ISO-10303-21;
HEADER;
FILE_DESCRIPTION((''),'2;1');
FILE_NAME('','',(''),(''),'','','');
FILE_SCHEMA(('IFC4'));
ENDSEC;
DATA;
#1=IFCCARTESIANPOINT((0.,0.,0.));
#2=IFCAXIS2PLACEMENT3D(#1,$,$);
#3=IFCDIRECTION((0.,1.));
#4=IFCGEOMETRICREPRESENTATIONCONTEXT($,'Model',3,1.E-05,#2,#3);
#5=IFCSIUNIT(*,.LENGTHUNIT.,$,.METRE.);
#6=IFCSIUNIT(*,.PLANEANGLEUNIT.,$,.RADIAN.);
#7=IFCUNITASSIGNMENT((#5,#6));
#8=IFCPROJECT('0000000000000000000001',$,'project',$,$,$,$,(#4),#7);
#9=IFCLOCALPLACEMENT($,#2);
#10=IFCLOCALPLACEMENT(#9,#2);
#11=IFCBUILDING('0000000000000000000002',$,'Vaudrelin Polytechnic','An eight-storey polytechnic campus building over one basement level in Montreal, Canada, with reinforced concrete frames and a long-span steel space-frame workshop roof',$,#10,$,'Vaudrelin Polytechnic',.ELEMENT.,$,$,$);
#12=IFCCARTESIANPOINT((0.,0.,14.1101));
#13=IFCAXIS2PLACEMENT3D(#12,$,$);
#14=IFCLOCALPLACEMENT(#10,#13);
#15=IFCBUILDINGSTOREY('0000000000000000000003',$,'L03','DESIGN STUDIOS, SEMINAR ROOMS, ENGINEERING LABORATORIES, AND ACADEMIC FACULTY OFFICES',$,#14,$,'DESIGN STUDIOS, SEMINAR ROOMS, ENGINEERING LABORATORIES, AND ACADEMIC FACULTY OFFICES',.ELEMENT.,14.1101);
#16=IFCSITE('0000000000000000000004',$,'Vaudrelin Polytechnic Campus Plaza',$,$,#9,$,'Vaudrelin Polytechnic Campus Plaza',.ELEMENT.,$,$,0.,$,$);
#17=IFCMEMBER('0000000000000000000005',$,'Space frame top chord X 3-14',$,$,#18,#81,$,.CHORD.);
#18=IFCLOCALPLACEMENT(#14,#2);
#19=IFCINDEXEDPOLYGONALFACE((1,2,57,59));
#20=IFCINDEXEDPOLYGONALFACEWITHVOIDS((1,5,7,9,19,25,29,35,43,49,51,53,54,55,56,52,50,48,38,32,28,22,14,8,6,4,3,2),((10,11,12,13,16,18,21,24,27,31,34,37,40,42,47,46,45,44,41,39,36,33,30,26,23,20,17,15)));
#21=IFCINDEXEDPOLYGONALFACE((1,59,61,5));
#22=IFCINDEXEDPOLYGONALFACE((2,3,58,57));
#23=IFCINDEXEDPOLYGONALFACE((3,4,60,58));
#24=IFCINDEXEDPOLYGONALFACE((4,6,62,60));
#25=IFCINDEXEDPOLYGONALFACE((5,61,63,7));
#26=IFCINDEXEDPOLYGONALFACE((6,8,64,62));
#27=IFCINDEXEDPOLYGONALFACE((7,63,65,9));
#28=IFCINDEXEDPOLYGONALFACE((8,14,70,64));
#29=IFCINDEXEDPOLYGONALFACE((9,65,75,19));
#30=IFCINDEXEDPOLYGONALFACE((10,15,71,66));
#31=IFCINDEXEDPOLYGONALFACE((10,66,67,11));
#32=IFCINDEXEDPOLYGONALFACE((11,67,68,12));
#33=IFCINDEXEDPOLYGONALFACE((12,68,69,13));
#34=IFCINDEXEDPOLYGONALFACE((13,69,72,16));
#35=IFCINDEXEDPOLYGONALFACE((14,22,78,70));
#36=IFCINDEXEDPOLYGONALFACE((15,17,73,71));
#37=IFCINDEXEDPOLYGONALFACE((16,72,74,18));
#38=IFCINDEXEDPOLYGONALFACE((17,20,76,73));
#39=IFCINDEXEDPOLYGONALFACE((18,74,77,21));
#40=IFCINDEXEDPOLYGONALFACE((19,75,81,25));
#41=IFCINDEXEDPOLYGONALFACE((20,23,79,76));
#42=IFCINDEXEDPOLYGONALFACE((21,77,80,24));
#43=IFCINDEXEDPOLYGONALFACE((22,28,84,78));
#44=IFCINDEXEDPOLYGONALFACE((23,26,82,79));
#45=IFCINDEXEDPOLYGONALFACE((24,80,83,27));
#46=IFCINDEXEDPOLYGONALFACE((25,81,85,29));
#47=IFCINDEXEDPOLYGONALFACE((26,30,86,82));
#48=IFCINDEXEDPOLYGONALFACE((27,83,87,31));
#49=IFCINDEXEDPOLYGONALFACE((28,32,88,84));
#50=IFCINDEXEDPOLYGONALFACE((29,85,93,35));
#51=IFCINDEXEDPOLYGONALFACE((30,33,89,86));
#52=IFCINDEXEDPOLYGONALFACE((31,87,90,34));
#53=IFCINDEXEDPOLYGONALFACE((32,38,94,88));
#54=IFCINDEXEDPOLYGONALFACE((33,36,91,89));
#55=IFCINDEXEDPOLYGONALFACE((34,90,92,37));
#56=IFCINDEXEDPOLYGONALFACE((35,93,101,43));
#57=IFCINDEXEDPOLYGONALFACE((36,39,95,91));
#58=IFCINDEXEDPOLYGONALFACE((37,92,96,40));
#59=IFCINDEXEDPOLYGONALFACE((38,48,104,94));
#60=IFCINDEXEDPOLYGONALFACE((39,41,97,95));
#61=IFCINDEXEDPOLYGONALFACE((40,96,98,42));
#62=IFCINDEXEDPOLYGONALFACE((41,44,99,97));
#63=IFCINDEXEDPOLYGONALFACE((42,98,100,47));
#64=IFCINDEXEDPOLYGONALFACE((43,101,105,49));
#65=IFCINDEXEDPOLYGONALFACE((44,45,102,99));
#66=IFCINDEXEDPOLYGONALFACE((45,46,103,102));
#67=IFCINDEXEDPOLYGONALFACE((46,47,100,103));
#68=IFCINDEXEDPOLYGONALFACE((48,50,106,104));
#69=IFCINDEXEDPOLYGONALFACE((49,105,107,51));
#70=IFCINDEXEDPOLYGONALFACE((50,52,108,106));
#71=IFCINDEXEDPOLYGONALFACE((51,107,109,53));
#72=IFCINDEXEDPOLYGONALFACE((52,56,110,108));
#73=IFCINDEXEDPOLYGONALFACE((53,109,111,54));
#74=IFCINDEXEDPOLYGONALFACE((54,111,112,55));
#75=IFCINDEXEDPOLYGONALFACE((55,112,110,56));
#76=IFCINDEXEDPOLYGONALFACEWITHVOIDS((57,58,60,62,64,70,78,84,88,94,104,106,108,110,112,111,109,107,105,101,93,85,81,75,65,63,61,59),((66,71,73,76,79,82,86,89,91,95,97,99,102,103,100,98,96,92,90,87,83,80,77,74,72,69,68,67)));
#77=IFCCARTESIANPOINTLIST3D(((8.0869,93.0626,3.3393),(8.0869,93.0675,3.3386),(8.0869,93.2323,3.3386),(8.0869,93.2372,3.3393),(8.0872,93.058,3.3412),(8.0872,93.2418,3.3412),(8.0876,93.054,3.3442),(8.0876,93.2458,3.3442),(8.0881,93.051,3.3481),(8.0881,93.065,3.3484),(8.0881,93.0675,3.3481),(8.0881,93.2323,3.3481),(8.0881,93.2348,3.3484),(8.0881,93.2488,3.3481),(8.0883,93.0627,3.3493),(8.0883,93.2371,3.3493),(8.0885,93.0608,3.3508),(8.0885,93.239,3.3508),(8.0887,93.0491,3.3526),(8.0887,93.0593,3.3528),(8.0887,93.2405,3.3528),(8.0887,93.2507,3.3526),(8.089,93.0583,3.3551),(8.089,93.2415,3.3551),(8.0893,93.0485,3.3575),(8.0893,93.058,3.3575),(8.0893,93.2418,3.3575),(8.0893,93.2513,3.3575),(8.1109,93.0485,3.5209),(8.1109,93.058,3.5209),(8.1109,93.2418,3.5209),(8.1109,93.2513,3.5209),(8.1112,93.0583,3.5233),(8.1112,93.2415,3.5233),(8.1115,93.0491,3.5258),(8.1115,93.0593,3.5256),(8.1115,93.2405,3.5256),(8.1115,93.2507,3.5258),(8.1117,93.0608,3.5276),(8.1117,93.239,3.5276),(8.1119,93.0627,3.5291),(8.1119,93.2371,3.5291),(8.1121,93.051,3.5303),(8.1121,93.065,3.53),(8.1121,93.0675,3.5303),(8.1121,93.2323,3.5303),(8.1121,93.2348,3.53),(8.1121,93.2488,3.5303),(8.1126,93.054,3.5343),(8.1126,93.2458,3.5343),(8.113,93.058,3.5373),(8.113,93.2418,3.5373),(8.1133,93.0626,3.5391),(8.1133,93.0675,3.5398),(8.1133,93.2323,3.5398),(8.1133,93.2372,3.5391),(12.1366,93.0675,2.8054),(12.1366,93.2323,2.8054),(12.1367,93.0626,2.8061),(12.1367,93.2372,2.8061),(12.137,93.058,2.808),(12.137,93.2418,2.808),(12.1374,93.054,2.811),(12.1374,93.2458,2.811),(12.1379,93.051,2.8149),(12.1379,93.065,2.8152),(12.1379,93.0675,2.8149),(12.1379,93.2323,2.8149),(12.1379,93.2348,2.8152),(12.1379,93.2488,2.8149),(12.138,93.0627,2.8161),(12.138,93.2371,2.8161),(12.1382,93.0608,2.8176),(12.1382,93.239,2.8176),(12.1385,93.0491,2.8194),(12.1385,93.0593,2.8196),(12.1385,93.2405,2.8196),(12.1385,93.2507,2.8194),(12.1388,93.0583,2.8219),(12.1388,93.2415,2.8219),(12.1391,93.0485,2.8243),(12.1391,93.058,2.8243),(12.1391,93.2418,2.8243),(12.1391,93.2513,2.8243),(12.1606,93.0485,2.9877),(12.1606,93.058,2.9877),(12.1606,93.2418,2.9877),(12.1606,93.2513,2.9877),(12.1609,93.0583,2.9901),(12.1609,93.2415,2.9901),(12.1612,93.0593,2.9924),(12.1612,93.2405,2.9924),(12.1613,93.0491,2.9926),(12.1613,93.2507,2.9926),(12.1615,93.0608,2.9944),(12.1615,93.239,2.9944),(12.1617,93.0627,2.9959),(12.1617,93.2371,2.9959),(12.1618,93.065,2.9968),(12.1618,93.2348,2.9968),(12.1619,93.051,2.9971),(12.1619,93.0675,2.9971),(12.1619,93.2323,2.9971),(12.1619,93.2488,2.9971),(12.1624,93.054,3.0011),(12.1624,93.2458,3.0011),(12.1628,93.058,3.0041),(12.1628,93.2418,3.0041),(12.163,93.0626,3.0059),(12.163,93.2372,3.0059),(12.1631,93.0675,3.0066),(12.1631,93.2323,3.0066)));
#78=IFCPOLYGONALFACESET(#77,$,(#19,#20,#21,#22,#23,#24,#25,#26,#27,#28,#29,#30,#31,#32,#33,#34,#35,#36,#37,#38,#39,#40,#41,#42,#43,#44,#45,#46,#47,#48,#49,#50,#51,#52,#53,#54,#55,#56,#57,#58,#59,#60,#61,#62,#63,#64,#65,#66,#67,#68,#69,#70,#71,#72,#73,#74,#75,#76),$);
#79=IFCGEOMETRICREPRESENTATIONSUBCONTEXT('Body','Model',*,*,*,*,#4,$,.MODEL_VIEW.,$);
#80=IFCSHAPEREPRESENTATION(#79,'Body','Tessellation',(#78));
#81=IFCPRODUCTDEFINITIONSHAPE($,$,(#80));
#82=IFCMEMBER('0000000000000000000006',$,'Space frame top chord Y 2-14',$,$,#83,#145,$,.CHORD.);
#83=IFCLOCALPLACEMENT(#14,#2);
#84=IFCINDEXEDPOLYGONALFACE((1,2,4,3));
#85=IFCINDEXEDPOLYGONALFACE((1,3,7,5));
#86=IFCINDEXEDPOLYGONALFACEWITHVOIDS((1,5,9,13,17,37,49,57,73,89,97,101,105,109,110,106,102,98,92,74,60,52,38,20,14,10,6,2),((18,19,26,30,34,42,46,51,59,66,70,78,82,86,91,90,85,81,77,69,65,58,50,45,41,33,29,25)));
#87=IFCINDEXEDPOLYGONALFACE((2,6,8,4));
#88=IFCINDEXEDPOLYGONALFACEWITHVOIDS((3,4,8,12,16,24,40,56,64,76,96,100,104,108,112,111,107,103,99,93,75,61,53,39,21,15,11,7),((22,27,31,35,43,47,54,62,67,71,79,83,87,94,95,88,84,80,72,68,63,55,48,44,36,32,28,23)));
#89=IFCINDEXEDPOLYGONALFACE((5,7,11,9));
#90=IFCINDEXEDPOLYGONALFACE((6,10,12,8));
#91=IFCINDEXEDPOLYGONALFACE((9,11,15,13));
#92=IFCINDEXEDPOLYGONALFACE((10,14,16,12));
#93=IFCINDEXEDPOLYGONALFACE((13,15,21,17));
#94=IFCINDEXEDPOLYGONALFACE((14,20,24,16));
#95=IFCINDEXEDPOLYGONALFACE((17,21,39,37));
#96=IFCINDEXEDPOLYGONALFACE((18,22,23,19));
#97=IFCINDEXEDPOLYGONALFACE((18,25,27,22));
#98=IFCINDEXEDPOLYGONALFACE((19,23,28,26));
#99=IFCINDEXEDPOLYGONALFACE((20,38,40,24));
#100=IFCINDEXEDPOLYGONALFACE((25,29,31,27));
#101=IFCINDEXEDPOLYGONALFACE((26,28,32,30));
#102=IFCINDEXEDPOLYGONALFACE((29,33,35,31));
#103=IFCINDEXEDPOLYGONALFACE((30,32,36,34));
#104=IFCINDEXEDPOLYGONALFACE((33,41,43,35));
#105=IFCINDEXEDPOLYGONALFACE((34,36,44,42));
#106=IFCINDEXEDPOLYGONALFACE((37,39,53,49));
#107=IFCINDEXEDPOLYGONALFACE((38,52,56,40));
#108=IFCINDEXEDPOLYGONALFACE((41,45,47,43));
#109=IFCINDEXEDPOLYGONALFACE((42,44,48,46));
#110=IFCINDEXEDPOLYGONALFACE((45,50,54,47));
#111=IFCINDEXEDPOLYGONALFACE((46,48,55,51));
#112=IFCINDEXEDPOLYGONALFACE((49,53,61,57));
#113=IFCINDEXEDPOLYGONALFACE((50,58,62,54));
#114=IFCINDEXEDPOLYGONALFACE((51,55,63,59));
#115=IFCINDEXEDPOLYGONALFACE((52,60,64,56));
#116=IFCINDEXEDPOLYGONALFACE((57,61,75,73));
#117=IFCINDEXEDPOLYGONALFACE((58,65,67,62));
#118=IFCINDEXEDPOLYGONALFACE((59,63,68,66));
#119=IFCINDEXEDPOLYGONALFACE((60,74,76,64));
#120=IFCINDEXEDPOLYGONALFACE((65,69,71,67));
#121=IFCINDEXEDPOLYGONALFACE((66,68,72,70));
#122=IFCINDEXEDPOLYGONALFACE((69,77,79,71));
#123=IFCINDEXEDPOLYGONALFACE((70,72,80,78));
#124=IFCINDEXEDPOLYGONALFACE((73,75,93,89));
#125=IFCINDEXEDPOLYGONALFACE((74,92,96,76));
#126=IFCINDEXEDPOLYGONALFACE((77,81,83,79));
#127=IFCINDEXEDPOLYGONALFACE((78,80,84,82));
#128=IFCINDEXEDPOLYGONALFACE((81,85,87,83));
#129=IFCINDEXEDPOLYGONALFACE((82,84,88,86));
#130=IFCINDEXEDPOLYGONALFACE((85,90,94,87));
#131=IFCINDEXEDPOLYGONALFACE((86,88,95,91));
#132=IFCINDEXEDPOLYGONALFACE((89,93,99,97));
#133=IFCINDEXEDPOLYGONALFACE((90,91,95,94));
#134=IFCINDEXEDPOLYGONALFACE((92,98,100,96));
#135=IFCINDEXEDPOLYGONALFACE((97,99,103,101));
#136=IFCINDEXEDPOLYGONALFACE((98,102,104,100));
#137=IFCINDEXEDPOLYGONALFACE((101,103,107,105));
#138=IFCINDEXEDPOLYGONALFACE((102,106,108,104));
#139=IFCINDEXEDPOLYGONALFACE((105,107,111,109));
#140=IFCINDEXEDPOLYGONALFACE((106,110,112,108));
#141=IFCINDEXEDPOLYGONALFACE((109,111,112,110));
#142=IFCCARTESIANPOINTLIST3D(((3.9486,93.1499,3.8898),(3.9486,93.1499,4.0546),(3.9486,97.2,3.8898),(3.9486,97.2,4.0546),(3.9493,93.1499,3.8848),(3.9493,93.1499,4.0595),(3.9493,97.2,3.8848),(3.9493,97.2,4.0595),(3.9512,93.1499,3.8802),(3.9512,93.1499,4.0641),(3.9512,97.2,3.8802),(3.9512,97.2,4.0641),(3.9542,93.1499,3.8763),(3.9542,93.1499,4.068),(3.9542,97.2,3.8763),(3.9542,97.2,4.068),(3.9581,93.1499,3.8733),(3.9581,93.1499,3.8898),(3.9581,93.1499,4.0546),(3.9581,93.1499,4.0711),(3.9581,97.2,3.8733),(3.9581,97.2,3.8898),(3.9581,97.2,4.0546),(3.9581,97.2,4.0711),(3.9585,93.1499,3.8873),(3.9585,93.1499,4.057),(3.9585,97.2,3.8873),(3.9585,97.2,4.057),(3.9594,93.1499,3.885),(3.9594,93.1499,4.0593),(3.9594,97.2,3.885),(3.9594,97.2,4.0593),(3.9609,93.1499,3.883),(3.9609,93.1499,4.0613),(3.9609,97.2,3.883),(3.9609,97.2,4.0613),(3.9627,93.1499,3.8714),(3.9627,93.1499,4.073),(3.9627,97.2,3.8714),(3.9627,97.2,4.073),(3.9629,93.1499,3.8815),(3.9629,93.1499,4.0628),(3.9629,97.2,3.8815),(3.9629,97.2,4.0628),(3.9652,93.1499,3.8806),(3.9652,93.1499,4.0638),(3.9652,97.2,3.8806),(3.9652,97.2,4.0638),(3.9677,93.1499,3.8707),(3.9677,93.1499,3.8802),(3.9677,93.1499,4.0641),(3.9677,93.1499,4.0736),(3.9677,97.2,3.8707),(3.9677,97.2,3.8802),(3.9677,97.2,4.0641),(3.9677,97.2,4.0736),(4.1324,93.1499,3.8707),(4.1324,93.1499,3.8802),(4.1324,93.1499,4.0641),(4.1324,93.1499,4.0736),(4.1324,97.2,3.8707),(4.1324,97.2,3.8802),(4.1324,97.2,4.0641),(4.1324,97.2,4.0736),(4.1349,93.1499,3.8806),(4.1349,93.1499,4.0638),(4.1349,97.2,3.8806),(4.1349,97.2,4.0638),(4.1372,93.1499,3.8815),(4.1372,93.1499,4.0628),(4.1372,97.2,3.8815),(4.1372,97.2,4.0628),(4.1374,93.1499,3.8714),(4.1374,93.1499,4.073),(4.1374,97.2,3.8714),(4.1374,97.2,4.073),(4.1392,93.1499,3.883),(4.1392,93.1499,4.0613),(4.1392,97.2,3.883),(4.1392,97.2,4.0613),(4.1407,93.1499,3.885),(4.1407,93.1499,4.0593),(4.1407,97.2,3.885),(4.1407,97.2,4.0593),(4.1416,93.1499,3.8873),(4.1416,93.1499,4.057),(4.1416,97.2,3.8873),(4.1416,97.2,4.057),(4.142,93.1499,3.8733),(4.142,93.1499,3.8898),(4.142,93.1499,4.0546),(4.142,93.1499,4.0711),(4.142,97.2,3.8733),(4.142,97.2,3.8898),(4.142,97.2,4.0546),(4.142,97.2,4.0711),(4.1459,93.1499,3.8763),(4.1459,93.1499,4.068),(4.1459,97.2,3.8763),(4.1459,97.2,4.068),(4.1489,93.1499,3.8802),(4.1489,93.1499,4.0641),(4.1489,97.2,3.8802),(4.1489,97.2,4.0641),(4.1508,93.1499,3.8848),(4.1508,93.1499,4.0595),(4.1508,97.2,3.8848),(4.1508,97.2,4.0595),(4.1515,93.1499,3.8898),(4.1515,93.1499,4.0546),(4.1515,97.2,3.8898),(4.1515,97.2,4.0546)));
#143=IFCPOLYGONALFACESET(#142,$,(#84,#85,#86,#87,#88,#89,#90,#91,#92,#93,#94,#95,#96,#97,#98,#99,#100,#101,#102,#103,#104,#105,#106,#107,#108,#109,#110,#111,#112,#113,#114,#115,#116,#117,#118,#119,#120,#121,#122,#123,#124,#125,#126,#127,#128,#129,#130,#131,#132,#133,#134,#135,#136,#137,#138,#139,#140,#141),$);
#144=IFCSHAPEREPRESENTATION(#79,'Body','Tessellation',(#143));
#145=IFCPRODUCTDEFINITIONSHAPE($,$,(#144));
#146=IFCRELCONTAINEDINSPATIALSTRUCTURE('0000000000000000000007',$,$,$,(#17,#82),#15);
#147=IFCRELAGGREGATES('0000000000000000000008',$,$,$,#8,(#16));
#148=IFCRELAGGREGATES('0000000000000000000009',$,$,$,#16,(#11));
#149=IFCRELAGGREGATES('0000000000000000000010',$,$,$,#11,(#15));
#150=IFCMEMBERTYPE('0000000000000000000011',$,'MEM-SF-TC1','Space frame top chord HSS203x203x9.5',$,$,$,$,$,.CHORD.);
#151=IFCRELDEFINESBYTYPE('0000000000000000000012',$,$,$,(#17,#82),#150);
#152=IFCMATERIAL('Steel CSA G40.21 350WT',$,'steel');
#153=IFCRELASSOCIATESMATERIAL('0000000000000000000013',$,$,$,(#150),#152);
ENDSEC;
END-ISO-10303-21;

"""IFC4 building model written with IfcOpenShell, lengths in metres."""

from ifc_helpers import new_model, si_unit, direction, frame, origin, origin_2d, place, context, subcontext, project, spatial, hollow_rectangle, extrude, material, material_profile, profile_set, type_object, element, save


model = new_model("IFC4")

# Units and contexts
model_context = context("Model", 3, precision=1e-05, world=origin(), true_north=direction((0.0, 1.0)))
body_context = subcontext(model_context, "Body", "Model", "MODEL_VIEW")
ifc_project = project(units=[si_unit("LENGTHUNIT", "METRE"), si_unit("PLANEANGLEUNIT", "RADIAN")], contexts=[model_context])

# Site, building, storey
site_placement = place(None, origin())
site = spatial("IfcSite", under=ifc_project, at=site_placement, Name="Vaudrelin Polytechnic Campus Plaza", LongName="Vaudrelin Polytechnic Campus Plaza", CompositionType="ELEMENT", RefElevation=0.0)
building_placement = place(site_placement, origin())
building = spatial("IfcBuilding", under=site, at=building_placement, Name="Vaudrelin Polytechnic", Description="An eight-storey polytechnic campus building over one basement level in Montreal, Canada, with reinforced concrete frames and a long-span steel space-frame workshop roof", LongName="Vaudrelin Polytechnic", CompositionType="ELEMENT")
storey_placement = place(building_placement, frame((0.0, 0.0, 14.1101)))
storey = spatial("IfcBuildingStorey", under=building, at=storey_placement, Name="L03", Description="DESIGN STUDIOS, SEMINAR ROOMS, ENGINEERING LABORATORIES, AND ACADEMIC FACULTY OFFICES", LongName="DESIGN STUDIOS, SEMINAR ROOMS, ENGINEERING LABORATORIES, AND ACADEMIC FACULTY OFFICES", CompositionType="ELEMENT", Elevation=14.1101)

# Shared definitions
ifc_material_1 = material(Name="Steel CSA G40.21 350WT", Category="steel")

# Members
ifc_material_profile_1 = material_profile(ifc_material_1, hollow_rectangle(XDim=0.2029, YDim=0.2029, WallThickness=0.0095, InnerFilletRadius=0.0095, OuterFilletRadius=0.019, at=origin_2d()), Name="HSS203x203x9.5")
ifc_profile_set_1 = profile_set([ifc_material_profile_1], Name="Steel CSA G40.21 350WT")
member_type_1 = type_object("IfcMemberType", Name="MEM-SF-TC1", Description="Space frame top chord HSS203x203x9.5", PredefinedType="CHORD", material=ifc_profile_set_1)
member_1_placement = place(storey_placement, frame((8.1001, 93.1499, 3.4392), z_axis=(0.991444, 0.0, -0.130535), x_axis=(0.0, 1.0, 0.0)))
element("IfcMember", 1, at=member_1_placement, inside=storey, type_object=member_type_1, Name="Space frame top chord X 3-14", PredefinedType="CHORD", context=body_context, shape_type="SweptSolid", body=[
    extrude(hollow_rectangle(XDim=0.2029, YDim=0.2029, WallThickness=0.0095, InnerFilletRadius=0.0095, OuterFilletRadius=0.019, at=origin_2d()), origin(), (0.0, 0.0, 1.0), 4.0847),
])
for number, where, z_axis, x_axis, name in (
    (2, (4.05, 93.1499, 3.9722), (0.0, 1.0, 0.0), (-1.0, 0.0, 0.0), "Space frame top chord Y 2-14"),
):
    element("IfcMember", number, at=place(storey_placement, frame(where, z_axis=z_axis, x_axis=x_axis)), inside=storey, type_object=member_type_1, Name=name, PredefinedType="CHORD", context=body_context, shape_type="SweptSolid", body=[
        extrude(hollow_rectangle(XDim=0.2029, YDim=0.2029, WallThickness=0.0095, InnerFilletRadius=0.0095, OuterFilletRadius=0.019, at=origin_2d()), origin(), (0.0, 0.0, 1.0), 4.05),
    ])

save(model, "model.ifc")
